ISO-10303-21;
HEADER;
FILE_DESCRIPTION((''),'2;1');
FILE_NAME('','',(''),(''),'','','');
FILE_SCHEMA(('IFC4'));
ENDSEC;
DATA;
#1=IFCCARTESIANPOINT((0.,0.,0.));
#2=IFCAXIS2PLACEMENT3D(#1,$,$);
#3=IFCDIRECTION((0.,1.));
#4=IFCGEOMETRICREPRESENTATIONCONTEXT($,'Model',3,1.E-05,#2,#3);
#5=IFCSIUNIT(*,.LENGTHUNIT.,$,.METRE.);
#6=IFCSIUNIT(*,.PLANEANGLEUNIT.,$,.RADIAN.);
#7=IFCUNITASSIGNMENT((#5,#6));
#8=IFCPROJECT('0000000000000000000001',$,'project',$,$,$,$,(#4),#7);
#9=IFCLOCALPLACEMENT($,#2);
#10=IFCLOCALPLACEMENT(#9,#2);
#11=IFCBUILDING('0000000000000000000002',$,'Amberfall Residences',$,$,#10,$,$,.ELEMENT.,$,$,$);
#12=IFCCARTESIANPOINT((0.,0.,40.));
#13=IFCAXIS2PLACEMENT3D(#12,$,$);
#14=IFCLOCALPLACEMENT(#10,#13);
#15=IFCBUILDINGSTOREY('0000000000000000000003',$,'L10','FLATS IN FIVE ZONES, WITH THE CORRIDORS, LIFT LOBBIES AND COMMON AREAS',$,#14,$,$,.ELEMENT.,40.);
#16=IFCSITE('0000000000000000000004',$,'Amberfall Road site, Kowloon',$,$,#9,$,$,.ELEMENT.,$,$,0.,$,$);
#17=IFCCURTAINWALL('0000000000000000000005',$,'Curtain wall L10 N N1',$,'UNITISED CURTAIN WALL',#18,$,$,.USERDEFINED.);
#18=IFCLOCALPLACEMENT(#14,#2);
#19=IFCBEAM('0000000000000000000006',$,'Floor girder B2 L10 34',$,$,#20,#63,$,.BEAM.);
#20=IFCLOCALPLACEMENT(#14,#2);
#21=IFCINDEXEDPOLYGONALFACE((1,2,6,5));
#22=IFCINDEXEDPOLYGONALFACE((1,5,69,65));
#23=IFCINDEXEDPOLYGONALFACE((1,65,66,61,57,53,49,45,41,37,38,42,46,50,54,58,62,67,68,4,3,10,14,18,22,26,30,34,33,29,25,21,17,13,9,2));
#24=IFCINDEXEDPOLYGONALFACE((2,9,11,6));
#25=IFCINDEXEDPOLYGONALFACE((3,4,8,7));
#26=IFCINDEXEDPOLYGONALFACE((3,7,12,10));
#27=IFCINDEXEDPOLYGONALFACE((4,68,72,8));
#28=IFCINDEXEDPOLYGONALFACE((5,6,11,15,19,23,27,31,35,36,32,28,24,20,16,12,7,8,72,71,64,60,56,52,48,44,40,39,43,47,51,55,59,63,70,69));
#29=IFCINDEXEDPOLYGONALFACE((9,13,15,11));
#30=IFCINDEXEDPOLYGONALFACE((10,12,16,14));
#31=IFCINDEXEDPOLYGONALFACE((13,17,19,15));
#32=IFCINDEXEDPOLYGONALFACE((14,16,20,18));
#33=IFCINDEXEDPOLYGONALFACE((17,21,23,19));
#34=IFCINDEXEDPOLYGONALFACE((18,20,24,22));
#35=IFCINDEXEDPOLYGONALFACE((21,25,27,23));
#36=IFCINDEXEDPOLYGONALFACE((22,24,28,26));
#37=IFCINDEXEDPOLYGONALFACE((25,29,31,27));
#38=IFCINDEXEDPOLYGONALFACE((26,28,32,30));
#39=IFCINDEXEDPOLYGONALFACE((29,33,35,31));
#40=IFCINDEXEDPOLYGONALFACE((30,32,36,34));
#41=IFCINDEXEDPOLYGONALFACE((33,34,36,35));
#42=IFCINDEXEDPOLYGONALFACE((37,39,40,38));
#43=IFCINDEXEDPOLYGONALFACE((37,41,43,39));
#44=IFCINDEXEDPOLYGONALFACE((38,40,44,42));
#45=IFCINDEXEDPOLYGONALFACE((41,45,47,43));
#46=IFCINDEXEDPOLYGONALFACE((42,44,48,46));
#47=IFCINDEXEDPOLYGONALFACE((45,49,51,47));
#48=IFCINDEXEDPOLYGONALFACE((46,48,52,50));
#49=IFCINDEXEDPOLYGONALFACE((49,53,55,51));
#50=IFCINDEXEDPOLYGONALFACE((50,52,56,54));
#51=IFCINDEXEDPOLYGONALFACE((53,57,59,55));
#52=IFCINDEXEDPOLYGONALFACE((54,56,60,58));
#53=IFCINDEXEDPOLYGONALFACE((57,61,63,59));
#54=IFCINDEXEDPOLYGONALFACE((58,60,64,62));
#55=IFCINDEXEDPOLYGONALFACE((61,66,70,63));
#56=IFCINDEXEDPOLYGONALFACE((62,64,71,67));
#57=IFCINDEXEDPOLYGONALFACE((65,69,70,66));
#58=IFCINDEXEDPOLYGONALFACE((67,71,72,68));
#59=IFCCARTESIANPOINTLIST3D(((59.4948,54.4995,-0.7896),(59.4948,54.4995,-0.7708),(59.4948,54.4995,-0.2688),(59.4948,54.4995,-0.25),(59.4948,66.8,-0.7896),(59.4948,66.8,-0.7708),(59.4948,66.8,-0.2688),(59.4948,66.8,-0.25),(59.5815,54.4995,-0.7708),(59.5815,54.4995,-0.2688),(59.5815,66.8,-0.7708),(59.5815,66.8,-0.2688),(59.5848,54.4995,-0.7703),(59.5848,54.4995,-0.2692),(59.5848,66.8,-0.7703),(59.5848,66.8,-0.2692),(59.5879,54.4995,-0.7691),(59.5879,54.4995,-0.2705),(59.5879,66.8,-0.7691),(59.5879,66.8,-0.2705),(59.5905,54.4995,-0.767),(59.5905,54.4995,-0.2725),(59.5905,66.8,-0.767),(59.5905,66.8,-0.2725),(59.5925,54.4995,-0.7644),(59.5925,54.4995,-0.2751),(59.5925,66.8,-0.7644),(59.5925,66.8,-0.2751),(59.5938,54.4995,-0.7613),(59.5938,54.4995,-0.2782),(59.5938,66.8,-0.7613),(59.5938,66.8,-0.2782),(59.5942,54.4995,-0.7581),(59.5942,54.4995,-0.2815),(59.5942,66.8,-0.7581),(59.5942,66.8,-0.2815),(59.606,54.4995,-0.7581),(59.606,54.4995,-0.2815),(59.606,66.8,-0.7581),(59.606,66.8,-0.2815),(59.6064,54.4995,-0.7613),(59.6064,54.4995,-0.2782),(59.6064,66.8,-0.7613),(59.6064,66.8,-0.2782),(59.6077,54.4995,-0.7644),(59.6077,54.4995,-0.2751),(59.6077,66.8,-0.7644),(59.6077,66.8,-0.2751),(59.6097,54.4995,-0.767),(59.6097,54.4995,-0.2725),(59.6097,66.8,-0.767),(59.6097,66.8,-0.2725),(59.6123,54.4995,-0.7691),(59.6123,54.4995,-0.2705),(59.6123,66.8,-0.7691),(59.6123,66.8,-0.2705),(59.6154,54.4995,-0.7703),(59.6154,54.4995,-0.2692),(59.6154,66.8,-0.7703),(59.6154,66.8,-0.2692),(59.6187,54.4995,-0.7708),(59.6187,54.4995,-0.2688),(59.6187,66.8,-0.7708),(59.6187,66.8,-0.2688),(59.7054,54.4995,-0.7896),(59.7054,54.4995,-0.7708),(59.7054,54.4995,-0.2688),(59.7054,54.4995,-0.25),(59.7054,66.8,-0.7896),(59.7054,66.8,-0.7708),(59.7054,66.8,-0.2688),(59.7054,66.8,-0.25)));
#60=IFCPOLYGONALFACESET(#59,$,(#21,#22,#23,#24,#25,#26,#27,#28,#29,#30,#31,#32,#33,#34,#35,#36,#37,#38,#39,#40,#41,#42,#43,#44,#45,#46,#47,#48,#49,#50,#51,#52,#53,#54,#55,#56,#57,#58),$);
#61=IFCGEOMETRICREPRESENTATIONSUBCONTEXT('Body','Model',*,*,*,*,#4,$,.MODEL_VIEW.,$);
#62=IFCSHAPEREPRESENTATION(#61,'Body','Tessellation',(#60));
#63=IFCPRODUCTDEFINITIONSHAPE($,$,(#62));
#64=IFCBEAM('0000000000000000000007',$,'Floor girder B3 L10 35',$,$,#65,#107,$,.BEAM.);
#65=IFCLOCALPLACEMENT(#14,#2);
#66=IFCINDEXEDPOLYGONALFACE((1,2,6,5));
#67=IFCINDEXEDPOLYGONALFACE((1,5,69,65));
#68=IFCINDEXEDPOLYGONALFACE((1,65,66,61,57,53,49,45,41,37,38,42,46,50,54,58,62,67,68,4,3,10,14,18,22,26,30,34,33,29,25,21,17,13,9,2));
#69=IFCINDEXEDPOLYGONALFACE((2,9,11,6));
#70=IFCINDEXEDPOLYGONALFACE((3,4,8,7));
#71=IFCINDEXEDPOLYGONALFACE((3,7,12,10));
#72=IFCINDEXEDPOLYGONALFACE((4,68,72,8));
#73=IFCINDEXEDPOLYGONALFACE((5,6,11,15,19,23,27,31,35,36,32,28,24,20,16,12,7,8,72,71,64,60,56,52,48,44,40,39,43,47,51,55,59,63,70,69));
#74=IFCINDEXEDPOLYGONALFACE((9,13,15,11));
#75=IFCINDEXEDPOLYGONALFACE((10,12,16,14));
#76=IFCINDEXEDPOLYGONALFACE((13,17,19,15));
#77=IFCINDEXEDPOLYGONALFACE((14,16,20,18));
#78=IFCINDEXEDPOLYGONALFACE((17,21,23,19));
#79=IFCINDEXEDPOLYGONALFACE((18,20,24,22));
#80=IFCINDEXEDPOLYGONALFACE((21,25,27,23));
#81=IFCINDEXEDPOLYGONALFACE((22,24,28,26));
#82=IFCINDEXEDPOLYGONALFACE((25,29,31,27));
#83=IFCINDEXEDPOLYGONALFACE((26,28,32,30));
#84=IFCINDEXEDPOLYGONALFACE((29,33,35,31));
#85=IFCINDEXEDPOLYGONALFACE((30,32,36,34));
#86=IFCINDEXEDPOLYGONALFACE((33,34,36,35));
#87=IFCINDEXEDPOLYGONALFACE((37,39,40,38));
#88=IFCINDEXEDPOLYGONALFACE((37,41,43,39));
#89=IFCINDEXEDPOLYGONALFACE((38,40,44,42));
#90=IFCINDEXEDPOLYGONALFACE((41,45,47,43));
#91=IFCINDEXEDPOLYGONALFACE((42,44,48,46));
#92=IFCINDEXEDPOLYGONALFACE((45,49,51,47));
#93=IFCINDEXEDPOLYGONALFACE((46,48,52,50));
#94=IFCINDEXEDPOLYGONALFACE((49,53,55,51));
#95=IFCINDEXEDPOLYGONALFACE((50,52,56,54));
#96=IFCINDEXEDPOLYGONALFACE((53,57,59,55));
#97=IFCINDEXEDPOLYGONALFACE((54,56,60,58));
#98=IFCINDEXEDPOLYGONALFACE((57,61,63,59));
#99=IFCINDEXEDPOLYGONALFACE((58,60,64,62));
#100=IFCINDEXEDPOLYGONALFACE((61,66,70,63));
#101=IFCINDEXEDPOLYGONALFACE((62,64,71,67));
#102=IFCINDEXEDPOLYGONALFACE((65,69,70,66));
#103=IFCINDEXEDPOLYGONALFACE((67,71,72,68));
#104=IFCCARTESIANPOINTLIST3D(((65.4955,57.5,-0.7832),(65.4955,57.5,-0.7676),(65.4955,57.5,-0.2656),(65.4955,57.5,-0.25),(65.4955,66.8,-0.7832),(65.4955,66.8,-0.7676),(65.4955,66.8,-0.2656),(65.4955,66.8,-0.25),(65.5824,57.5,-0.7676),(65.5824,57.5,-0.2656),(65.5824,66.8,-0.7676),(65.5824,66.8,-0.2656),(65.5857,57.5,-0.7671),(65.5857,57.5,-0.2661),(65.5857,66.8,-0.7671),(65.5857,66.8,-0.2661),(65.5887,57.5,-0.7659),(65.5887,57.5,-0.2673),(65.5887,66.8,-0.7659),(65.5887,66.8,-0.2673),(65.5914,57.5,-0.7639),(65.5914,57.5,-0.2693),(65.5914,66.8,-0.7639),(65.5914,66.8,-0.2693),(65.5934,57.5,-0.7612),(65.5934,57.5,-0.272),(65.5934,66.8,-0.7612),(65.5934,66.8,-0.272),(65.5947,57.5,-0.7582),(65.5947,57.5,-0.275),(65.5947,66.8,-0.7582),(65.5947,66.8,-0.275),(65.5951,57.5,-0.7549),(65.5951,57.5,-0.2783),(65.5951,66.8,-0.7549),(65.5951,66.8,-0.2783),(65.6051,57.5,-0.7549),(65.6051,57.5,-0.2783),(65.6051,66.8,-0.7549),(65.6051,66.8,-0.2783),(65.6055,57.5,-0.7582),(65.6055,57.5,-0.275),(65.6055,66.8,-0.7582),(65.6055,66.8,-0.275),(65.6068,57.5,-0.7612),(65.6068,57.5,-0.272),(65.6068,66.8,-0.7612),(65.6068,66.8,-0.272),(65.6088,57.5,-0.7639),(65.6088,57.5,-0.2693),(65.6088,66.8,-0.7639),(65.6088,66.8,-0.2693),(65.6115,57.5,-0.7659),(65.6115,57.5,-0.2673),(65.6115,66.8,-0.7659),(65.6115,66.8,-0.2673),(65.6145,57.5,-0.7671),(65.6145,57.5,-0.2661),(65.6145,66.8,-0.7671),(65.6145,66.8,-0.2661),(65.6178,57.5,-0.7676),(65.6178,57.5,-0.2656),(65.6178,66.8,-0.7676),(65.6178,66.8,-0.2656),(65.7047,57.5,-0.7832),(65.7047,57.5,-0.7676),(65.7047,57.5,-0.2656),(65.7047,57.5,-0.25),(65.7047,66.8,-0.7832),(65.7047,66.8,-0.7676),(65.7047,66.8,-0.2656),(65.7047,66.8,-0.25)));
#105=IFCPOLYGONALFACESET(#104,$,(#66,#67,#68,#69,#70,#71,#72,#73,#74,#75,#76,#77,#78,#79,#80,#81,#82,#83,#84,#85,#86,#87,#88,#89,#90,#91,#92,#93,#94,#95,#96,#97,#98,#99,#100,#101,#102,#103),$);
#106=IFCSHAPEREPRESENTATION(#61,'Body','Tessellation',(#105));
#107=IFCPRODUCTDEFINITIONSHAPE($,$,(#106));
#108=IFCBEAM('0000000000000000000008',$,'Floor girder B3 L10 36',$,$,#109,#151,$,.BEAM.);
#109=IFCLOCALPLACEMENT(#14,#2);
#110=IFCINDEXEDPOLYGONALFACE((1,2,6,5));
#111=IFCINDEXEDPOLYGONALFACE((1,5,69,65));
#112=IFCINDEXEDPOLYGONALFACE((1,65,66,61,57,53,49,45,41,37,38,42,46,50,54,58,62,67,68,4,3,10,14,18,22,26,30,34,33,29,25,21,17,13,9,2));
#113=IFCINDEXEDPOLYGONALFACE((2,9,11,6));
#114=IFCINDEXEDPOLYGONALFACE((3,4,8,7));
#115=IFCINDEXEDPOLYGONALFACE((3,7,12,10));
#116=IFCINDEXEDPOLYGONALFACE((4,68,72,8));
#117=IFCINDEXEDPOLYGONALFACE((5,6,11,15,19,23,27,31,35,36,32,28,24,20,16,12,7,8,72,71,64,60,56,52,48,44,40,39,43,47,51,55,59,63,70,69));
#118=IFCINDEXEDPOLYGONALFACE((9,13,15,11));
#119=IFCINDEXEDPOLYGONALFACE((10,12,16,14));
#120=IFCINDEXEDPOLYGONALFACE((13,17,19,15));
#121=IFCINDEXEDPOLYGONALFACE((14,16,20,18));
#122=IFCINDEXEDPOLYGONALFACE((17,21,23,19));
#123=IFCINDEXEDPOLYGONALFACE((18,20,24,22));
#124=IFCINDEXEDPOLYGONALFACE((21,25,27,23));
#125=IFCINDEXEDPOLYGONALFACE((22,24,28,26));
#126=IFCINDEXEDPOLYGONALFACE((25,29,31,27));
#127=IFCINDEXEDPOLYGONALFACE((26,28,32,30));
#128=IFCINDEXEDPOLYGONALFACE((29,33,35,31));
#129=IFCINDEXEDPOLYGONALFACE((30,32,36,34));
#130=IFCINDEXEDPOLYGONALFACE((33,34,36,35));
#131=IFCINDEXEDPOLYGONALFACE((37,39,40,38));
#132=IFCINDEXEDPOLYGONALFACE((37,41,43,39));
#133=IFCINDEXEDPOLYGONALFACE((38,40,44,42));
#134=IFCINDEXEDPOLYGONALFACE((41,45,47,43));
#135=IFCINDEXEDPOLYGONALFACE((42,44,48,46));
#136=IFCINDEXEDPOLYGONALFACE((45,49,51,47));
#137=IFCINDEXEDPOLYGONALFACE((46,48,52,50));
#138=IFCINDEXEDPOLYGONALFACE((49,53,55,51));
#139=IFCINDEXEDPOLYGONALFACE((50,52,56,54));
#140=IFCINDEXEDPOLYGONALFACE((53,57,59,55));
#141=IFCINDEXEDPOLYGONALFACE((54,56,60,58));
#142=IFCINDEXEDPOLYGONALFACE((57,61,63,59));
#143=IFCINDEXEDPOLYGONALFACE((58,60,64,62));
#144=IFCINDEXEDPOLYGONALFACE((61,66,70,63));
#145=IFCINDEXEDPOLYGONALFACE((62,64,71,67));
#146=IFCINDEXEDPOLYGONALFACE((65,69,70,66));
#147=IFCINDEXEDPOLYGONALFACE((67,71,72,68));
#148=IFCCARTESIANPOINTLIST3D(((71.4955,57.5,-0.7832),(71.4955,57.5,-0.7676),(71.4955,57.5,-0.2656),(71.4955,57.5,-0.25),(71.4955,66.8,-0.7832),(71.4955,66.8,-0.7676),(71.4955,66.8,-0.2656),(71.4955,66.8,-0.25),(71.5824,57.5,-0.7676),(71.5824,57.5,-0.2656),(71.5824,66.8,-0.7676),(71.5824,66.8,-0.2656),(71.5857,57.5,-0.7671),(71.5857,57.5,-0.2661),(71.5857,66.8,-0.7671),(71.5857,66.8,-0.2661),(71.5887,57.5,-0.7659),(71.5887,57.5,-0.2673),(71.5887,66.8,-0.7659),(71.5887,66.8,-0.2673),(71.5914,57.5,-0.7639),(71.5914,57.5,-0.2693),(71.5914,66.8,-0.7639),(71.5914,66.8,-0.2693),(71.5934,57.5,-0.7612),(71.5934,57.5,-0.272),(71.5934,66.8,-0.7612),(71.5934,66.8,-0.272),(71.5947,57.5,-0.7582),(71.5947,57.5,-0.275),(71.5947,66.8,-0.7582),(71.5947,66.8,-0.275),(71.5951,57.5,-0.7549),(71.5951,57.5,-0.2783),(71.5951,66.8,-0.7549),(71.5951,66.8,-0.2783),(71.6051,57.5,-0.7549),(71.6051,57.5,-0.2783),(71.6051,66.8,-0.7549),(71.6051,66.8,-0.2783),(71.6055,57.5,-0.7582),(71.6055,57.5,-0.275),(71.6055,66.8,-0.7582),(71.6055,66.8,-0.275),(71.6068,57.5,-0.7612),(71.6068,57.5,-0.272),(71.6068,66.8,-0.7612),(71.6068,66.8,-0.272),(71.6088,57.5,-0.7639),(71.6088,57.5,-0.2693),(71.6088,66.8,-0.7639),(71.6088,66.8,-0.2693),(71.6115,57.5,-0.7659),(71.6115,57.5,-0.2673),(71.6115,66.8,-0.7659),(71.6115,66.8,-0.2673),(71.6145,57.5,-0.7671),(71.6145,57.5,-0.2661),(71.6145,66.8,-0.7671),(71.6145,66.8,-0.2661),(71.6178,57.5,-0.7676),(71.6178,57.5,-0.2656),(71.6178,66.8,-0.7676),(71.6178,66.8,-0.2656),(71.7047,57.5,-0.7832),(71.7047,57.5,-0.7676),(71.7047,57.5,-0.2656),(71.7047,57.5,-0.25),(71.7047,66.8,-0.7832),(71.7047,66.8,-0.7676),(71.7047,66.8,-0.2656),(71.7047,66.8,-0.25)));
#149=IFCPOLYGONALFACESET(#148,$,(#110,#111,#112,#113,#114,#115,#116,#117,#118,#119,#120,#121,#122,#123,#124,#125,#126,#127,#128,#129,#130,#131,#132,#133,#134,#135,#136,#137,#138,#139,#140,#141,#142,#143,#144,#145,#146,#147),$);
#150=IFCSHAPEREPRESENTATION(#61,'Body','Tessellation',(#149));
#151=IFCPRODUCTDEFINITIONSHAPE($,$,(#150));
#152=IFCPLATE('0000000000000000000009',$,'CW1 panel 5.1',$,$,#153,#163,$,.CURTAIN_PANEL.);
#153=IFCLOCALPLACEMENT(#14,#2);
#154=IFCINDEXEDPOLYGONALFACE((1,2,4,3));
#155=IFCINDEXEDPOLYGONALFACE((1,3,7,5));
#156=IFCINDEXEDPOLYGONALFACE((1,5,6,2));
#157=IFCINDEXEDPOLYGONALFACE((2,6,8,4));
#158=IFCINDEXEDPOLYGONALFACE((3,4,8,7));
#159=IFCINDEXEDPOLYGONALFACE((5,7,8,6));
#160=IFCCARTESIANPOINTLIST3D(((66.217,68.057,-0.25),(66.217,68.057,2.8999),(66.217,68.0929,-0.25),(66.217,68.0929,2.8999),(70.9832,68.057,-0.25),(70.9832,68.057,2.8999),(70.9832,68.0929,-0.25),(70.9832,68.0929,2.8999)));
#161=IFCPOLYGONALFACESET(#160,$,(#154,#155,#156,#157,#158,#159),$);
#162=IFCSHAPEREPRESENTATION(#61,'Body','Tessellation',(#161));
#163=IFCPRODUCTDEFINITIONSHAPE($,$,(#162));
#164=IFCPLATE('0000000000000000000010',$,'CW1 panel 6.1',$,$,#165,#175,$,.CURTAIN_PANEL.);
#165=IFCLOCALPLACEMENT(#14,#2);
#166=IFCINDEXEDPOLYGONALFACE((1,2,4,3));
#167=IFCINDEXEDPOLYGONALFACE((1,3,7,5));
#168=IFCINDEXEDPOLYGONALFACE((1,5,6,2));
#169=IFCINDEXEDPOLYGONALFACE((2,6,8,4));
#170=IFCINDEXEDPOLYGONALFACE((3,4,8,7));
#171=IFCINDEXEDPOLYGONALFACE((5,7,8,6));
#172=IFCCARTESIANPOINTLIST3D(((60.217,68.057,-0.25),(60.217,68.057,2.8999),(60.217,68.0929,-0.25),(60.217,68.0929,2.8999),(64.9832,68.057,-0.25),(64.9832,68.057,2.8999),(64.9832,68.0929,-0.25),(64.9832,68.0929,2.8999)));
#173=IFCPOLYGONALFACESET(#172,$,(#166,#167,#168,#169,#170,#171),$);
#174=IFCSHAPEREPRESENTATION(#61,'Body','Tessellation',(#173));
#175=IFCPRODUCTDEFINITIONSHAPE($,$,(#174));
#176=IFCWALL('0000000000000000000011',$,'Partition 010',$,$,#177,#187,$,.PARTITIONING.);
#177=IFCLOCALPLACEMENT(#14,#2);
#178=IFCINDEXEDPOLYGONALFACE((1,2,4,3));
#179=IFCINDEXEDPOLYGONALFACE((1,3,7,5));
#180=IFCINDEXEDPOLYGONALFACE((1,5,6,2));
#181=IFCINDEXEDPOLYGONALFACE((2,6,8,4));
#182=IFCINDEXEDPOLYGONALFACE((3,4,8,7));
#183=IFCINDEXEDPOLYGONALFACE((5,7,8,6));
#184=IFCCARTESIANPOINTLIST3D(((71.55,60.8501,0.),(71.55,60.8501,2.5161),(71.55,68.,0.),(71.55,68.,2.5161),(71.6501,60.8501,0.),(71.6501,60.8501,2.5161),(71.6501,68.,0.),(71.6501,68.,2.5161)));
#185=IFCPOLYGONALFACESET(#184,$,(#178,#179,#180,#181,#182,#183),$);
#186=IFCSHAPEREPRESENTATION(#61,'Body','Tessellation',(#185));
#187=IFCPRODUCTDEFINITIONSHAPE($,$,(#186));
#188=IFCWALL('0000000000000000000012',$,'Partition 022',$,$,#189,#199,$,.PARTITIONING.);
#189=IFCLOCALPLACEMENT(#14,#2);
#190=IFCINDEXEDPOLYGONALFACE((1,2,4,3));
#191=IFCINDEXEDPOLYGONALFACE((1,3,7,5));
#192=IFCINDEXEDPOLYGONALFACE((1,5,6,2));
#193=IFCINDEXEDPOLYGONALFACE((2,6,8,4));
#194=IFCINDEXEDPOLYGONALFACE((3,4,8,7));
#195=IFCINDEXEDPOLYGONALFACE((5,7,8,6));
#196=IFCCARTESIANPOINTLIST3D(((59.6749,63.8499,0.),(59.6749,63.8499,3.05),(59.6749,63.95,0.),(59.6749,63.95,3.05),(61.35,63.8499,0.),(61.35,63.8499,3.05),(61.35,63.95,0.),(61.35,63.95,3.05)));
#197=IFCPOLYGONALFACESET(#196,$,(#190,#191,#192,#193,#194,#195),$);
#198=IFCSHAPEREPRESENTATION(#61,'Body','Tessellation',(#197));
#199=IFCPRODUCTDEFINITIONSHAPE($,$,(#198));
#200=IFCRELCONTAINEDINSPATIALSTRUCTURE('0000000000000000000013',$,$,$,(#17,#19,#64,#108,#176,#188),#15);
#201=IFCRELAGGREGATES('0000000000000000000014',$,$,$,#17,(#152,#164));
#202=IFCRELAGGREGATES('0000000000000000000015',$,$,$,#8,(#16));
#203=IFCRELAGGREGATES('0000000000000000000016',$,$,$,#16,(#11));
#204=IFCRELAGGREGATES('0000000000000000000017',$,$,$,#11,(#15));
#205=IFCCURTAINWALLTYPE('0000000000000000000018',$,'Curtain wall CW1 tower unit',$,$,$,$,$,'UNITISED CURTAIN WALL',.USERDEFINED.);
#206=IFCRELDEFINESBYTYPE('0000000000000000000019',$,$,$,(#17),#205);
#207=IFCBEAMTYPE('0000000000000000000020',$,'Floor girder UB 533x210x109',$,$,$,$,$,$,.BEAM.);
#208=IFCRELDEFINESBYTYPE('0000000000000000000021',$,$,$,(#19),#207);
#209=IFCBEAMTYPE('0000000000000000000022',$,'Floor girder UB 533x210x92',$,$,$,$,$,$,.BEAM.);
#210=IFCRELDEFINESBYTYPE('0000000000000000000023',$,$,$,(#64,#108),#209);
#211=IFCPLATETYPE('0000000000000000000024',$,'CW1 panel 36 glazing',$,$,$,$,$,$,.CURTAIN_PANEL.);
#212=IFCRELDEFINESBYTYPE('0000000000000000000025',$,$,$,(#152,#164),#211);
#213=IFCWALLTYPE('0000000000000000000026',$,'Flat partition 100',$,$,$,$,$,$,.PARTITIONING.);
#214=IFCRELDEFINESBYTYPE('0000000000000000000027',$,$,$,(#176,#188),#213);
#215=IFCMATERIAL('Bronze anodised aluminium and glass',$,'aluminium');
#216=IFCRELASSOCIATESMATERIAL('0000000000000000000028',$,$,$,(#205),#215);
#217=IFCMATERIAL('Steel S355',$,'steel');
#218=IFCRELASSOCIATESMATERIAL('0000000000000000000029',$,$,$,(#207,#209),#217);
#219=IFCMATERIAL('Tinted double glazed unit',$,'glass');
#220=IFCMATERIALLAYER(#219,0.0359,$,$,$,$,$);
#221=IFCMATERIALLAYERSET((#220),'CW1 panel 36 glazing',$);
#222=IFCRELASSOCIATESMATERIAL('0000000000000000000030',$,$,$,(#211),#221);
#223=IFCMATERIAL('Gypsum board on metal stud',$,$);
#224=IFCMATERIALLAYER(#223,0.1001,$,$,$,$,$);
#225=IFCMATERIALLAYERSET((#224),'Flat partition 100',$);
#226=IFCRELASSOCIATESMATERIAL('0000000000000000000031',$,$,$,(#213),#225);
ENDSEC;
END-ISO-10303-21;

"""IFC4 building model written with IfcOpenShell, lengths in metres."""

from ifc_helpers import new_model, si_unit, direction, frame, frame_2d, origin, origin_2d, place, context, subcontext, project, spatial, rectangle, i_section, extrude, material, layer, layer_set, material_profile, profile_set, type_object, element, aggregate, save


model = new_model("IFC4")

# Units and contexts
model_context = context("Model", 3, precision=1e-05, world=origin(), true_north=direction((0.0, 1.0)))
body_context = subcontext(model_context, "Body", "Model", "MODEL_VIEW")
ifc_project = project(units=[si_unit("LENGTHUNIT", "METRE"), si_unit("PLANEANGLEUNIT", "RADIAN")], contexts=[model_context])

# Site, building, storey
site_placement = place(None, origin())
site = spatial("IfcSite", under=ifc_project, at=site_placement, Name="Amberfall Road site, Kowloon", CompositionType="ELEMENT", RefElevation=0.0)
building_placement = place(site_placement, origin())
building = spatial("IfcBuilding", under=site, at=building_placement, Name="Amberfall Residences", CompositionType="ELEMENT")
storey_placement = place(building_placement, frame((0.0, 0.0, 40.0)))
storey = spatial("IfcBuildingStorey", under=building, at=storey_placement, Name="L10", Description="FLATS IN FIVE ZONES, WITH THE CORRIDORS, LIFT LOBBIES AND COMMON AREAS", CompositionType="ELEMENT", Elevation=40.0)

# Curtain wall
ifc_material_1 = material(Name="Bronze anodised aluminium and glass", Category="aluminium")
curtain_wall_type = type_object("IfcCurtainWallType", Name="Curtain wall CW1 tower unit", ElementType="UNITISED CURTAIN WALL", PredefinedType="USERDEFINED", material=ifc_material_1)
curtain_wall_placement = place(storey_placement, origin())
curtain_wall = element("IfcCurtainWall", 1, at=curtain_wall_placement, inside=storey, type_object=curtain_wall_type, Name="Curtain wall L10 N N1", ObjectType="UNITISED CURTAIN WALL", PredefinedType="USERDEFINED")

# Shared definitions
ifc_material_2 = material(Name="Steel S355", Category="steel")

# Beams
ifc_material_profile_1 = material_profile(ifc_material_2, i_section(OverallWidth=0.2107, OverallDepth=0.5396, WebThickness=0.0117, FlangeThickness=0.0188, FilletRadius=0.0127, at=origin_2d()), Name="UB 533x210x109")
ifc_profile_set_1 = profile_set([ifc_material_profile_1], Name="Steel S355")
beam_type_1 = type_object("IfcBeamType", Name="Floor girder UB 533x210x109", PredefinedType="BEAM", material=ifc_profile_set_1)
beam_placement = place(storey_placement, frame((59.6001, 66.8, -0.5198), z_axis=(0.0, -1.0, 0.0), x_axis=(1.0, 0.0, 0.0)))
element("IfcBeam", 2, at=beam_placement, inside=storey, type_object=beam_type_1, Name="Floor girder B2 L10 34", PredefinedType="BEAM", context=body_context, shape_type="SweptSolid", body=[
    extrude(i_section(OverallWidth=0.2107, OverallDepth=0.5396, WebThickness=0.0117, FlangeThickness=0.0188, FilletRadius=0.0127, at=origin_2d()), origin(), (0.0, 0.0, 1.0), 12.3005),
])
ifc_material_profile_2 = material_profile(ifc_material_2, i_section(OverallWidth=0.2092, OverallDepth=0.5332, WebThickness=0.01, FlangeThickness=0.0156, FilletRadius=0.0127, at=origin_2d()), Name="UB 533x210x92")
ifc_profile_set_2 = profile_set([ifc_material_profile_2], Name="Steel S355")
beam_type_2 = type_object("IfcBeamType", Name="Floor girder UB 533x210x92", PredefinedType="BEAM", material=ifc_profile_set_2)
for number, where, z_axis, x_axis, name in (
    (3, (65.6001, 66.8, -0.5166), (0.0, -1.0, 0.0), (1.0, 0.0, 0.0), "Floor girder B3 L10 35"),
    (4, (71.6001, 66.8, -0.5166), (0.0, -1.0, 0.0), (1.0, 0.0, 0.0), "Floor girder B3 L10 36"),
):
    element("IfcBeam", number, at=place(storey_placement, frame(where, z_axis=z_axis, x_axis=x_axis)), inside=storey, type_object=beam_type_2, Name=name, PredefinedType="BEAM", context=body_context, shape_type="SweptSolid", body=[
        extrude(i_section(OverallWidth=0.2092, OverallDepth=0.5332, WebThickness=0.01, FlangeThickness=0.0156, FilletRadius=0.0127, at=origin_2d()), origin(), (0.0, 0.0, 1.0), 9.3),
    ])

# Plates
ifc_material_3 = material(Name="Tinted double glazed unit", Category="glass")
ifc_layer_1 = layer(ifc_material_3, 0.0359)
ifc_layer_set_1 = layer_set([ifc_layer_1], Name="CW1 panel 36 glazing")
plate_type = type_object("IfcPlateType", Name="CW1 panel 36 glazing", PredefinedType="CURTAIN_PANEL", material=ifc_layer_set_1)
plate_1_placement = place(storey_placement, frame((68.6001, 68.075, -0.25), z_axis=(0.0, 0.0, 1.0), x_axis=(-1.0, 0.0, 0.0)))
plate_1 = element("IfcPlate", 5, at=plate_1_placement, type_object=plate_type, Name="CW1 panel 5.1", PredefinedType="CURTAIN_PANEL", context=body_context, shape_type="SweptSolid", body=[
    extrude(rectangle(XDim=4.7661, YDim=0.0359, at=origin_2d()), origin(), (0.0, 0.0, 1.0), 3.1499),
])
plate_2_placement = place(storey_placement, frame((62.6001, 68.075, -0.25), z_axis=(0.0, 0.0, 1.0), x_axis=(-1.0, 0.0, 0.0)))
plate_2 = element("IfcPlate", 6, at=plate_2_placement, type_object=plate_type, Name="CW1 panel 6.1", PredefinedType="CURTAIN_PANEL", context=body_context, shape_type="SweptSolid", body=[
    extrude(rectangle(XDim=4.7661, YDim=0.0359, at=origin_2d()), origin(), (0.0, 0.0, 1.0), 3.1499),
])
aggregate(curtain_wall, [plate_1, plate_2])

# Walls
ifc_material_4 = material(Name="Gypsum board on metal stud")
ifc_layer_2 = layer(ifc_material_4, 0.1001)
ifc_layer_set_2 = layer_set([ifc_layer_2], Name="Flat partition 100")
wall_type = type_object("IfcWallType", Name="Flat partition 100", PredefinedType="PARTITIONING", material=ifc_layer_set_2)
wall_1_placement = place(storey_placement, frame((71.6001, 60.8501, 0.0), z_axis=(0.0, 0.0, 1.0), x_axis=(0.0, 1.0, 0.0)))
element("IfcWall", 7, at=wall_1_placement, inside=storey, type_object=wall_type, Name="Partition 010", PredefinedType="PARTITIONING", context=body_context, shape_type="SweptSolid", body=[
    extrude(rectangle(XDim=7.1499, YDim=0.1001, at=frame_2d((3.575, 0.0))), origin(), (0.0, 0.0, 1.0), 2.5161),
])
wall_2_placement = place(storey_placement, frame((59.675, 63.8999, 0.0), z_axis=(0.0, 0.0, 1.0), x_axis=(1.0, 0.0, 0.0)))
element("IfcWall", 8, at=wall_2_placement, inside=storey, type_object=wall_type, Name="Partition 022", PredefinedType="PARTITIONING", context=body_context, shape_type="SweptSolid", body=[
    extrude(rectangle(XDim=1.675, YDim=0.1001, at=frame_2d((0.8374, 0.0))), origin(), (0.0, 0.0, 1.0), 3.05),
])

save(model, "model.ifc")
